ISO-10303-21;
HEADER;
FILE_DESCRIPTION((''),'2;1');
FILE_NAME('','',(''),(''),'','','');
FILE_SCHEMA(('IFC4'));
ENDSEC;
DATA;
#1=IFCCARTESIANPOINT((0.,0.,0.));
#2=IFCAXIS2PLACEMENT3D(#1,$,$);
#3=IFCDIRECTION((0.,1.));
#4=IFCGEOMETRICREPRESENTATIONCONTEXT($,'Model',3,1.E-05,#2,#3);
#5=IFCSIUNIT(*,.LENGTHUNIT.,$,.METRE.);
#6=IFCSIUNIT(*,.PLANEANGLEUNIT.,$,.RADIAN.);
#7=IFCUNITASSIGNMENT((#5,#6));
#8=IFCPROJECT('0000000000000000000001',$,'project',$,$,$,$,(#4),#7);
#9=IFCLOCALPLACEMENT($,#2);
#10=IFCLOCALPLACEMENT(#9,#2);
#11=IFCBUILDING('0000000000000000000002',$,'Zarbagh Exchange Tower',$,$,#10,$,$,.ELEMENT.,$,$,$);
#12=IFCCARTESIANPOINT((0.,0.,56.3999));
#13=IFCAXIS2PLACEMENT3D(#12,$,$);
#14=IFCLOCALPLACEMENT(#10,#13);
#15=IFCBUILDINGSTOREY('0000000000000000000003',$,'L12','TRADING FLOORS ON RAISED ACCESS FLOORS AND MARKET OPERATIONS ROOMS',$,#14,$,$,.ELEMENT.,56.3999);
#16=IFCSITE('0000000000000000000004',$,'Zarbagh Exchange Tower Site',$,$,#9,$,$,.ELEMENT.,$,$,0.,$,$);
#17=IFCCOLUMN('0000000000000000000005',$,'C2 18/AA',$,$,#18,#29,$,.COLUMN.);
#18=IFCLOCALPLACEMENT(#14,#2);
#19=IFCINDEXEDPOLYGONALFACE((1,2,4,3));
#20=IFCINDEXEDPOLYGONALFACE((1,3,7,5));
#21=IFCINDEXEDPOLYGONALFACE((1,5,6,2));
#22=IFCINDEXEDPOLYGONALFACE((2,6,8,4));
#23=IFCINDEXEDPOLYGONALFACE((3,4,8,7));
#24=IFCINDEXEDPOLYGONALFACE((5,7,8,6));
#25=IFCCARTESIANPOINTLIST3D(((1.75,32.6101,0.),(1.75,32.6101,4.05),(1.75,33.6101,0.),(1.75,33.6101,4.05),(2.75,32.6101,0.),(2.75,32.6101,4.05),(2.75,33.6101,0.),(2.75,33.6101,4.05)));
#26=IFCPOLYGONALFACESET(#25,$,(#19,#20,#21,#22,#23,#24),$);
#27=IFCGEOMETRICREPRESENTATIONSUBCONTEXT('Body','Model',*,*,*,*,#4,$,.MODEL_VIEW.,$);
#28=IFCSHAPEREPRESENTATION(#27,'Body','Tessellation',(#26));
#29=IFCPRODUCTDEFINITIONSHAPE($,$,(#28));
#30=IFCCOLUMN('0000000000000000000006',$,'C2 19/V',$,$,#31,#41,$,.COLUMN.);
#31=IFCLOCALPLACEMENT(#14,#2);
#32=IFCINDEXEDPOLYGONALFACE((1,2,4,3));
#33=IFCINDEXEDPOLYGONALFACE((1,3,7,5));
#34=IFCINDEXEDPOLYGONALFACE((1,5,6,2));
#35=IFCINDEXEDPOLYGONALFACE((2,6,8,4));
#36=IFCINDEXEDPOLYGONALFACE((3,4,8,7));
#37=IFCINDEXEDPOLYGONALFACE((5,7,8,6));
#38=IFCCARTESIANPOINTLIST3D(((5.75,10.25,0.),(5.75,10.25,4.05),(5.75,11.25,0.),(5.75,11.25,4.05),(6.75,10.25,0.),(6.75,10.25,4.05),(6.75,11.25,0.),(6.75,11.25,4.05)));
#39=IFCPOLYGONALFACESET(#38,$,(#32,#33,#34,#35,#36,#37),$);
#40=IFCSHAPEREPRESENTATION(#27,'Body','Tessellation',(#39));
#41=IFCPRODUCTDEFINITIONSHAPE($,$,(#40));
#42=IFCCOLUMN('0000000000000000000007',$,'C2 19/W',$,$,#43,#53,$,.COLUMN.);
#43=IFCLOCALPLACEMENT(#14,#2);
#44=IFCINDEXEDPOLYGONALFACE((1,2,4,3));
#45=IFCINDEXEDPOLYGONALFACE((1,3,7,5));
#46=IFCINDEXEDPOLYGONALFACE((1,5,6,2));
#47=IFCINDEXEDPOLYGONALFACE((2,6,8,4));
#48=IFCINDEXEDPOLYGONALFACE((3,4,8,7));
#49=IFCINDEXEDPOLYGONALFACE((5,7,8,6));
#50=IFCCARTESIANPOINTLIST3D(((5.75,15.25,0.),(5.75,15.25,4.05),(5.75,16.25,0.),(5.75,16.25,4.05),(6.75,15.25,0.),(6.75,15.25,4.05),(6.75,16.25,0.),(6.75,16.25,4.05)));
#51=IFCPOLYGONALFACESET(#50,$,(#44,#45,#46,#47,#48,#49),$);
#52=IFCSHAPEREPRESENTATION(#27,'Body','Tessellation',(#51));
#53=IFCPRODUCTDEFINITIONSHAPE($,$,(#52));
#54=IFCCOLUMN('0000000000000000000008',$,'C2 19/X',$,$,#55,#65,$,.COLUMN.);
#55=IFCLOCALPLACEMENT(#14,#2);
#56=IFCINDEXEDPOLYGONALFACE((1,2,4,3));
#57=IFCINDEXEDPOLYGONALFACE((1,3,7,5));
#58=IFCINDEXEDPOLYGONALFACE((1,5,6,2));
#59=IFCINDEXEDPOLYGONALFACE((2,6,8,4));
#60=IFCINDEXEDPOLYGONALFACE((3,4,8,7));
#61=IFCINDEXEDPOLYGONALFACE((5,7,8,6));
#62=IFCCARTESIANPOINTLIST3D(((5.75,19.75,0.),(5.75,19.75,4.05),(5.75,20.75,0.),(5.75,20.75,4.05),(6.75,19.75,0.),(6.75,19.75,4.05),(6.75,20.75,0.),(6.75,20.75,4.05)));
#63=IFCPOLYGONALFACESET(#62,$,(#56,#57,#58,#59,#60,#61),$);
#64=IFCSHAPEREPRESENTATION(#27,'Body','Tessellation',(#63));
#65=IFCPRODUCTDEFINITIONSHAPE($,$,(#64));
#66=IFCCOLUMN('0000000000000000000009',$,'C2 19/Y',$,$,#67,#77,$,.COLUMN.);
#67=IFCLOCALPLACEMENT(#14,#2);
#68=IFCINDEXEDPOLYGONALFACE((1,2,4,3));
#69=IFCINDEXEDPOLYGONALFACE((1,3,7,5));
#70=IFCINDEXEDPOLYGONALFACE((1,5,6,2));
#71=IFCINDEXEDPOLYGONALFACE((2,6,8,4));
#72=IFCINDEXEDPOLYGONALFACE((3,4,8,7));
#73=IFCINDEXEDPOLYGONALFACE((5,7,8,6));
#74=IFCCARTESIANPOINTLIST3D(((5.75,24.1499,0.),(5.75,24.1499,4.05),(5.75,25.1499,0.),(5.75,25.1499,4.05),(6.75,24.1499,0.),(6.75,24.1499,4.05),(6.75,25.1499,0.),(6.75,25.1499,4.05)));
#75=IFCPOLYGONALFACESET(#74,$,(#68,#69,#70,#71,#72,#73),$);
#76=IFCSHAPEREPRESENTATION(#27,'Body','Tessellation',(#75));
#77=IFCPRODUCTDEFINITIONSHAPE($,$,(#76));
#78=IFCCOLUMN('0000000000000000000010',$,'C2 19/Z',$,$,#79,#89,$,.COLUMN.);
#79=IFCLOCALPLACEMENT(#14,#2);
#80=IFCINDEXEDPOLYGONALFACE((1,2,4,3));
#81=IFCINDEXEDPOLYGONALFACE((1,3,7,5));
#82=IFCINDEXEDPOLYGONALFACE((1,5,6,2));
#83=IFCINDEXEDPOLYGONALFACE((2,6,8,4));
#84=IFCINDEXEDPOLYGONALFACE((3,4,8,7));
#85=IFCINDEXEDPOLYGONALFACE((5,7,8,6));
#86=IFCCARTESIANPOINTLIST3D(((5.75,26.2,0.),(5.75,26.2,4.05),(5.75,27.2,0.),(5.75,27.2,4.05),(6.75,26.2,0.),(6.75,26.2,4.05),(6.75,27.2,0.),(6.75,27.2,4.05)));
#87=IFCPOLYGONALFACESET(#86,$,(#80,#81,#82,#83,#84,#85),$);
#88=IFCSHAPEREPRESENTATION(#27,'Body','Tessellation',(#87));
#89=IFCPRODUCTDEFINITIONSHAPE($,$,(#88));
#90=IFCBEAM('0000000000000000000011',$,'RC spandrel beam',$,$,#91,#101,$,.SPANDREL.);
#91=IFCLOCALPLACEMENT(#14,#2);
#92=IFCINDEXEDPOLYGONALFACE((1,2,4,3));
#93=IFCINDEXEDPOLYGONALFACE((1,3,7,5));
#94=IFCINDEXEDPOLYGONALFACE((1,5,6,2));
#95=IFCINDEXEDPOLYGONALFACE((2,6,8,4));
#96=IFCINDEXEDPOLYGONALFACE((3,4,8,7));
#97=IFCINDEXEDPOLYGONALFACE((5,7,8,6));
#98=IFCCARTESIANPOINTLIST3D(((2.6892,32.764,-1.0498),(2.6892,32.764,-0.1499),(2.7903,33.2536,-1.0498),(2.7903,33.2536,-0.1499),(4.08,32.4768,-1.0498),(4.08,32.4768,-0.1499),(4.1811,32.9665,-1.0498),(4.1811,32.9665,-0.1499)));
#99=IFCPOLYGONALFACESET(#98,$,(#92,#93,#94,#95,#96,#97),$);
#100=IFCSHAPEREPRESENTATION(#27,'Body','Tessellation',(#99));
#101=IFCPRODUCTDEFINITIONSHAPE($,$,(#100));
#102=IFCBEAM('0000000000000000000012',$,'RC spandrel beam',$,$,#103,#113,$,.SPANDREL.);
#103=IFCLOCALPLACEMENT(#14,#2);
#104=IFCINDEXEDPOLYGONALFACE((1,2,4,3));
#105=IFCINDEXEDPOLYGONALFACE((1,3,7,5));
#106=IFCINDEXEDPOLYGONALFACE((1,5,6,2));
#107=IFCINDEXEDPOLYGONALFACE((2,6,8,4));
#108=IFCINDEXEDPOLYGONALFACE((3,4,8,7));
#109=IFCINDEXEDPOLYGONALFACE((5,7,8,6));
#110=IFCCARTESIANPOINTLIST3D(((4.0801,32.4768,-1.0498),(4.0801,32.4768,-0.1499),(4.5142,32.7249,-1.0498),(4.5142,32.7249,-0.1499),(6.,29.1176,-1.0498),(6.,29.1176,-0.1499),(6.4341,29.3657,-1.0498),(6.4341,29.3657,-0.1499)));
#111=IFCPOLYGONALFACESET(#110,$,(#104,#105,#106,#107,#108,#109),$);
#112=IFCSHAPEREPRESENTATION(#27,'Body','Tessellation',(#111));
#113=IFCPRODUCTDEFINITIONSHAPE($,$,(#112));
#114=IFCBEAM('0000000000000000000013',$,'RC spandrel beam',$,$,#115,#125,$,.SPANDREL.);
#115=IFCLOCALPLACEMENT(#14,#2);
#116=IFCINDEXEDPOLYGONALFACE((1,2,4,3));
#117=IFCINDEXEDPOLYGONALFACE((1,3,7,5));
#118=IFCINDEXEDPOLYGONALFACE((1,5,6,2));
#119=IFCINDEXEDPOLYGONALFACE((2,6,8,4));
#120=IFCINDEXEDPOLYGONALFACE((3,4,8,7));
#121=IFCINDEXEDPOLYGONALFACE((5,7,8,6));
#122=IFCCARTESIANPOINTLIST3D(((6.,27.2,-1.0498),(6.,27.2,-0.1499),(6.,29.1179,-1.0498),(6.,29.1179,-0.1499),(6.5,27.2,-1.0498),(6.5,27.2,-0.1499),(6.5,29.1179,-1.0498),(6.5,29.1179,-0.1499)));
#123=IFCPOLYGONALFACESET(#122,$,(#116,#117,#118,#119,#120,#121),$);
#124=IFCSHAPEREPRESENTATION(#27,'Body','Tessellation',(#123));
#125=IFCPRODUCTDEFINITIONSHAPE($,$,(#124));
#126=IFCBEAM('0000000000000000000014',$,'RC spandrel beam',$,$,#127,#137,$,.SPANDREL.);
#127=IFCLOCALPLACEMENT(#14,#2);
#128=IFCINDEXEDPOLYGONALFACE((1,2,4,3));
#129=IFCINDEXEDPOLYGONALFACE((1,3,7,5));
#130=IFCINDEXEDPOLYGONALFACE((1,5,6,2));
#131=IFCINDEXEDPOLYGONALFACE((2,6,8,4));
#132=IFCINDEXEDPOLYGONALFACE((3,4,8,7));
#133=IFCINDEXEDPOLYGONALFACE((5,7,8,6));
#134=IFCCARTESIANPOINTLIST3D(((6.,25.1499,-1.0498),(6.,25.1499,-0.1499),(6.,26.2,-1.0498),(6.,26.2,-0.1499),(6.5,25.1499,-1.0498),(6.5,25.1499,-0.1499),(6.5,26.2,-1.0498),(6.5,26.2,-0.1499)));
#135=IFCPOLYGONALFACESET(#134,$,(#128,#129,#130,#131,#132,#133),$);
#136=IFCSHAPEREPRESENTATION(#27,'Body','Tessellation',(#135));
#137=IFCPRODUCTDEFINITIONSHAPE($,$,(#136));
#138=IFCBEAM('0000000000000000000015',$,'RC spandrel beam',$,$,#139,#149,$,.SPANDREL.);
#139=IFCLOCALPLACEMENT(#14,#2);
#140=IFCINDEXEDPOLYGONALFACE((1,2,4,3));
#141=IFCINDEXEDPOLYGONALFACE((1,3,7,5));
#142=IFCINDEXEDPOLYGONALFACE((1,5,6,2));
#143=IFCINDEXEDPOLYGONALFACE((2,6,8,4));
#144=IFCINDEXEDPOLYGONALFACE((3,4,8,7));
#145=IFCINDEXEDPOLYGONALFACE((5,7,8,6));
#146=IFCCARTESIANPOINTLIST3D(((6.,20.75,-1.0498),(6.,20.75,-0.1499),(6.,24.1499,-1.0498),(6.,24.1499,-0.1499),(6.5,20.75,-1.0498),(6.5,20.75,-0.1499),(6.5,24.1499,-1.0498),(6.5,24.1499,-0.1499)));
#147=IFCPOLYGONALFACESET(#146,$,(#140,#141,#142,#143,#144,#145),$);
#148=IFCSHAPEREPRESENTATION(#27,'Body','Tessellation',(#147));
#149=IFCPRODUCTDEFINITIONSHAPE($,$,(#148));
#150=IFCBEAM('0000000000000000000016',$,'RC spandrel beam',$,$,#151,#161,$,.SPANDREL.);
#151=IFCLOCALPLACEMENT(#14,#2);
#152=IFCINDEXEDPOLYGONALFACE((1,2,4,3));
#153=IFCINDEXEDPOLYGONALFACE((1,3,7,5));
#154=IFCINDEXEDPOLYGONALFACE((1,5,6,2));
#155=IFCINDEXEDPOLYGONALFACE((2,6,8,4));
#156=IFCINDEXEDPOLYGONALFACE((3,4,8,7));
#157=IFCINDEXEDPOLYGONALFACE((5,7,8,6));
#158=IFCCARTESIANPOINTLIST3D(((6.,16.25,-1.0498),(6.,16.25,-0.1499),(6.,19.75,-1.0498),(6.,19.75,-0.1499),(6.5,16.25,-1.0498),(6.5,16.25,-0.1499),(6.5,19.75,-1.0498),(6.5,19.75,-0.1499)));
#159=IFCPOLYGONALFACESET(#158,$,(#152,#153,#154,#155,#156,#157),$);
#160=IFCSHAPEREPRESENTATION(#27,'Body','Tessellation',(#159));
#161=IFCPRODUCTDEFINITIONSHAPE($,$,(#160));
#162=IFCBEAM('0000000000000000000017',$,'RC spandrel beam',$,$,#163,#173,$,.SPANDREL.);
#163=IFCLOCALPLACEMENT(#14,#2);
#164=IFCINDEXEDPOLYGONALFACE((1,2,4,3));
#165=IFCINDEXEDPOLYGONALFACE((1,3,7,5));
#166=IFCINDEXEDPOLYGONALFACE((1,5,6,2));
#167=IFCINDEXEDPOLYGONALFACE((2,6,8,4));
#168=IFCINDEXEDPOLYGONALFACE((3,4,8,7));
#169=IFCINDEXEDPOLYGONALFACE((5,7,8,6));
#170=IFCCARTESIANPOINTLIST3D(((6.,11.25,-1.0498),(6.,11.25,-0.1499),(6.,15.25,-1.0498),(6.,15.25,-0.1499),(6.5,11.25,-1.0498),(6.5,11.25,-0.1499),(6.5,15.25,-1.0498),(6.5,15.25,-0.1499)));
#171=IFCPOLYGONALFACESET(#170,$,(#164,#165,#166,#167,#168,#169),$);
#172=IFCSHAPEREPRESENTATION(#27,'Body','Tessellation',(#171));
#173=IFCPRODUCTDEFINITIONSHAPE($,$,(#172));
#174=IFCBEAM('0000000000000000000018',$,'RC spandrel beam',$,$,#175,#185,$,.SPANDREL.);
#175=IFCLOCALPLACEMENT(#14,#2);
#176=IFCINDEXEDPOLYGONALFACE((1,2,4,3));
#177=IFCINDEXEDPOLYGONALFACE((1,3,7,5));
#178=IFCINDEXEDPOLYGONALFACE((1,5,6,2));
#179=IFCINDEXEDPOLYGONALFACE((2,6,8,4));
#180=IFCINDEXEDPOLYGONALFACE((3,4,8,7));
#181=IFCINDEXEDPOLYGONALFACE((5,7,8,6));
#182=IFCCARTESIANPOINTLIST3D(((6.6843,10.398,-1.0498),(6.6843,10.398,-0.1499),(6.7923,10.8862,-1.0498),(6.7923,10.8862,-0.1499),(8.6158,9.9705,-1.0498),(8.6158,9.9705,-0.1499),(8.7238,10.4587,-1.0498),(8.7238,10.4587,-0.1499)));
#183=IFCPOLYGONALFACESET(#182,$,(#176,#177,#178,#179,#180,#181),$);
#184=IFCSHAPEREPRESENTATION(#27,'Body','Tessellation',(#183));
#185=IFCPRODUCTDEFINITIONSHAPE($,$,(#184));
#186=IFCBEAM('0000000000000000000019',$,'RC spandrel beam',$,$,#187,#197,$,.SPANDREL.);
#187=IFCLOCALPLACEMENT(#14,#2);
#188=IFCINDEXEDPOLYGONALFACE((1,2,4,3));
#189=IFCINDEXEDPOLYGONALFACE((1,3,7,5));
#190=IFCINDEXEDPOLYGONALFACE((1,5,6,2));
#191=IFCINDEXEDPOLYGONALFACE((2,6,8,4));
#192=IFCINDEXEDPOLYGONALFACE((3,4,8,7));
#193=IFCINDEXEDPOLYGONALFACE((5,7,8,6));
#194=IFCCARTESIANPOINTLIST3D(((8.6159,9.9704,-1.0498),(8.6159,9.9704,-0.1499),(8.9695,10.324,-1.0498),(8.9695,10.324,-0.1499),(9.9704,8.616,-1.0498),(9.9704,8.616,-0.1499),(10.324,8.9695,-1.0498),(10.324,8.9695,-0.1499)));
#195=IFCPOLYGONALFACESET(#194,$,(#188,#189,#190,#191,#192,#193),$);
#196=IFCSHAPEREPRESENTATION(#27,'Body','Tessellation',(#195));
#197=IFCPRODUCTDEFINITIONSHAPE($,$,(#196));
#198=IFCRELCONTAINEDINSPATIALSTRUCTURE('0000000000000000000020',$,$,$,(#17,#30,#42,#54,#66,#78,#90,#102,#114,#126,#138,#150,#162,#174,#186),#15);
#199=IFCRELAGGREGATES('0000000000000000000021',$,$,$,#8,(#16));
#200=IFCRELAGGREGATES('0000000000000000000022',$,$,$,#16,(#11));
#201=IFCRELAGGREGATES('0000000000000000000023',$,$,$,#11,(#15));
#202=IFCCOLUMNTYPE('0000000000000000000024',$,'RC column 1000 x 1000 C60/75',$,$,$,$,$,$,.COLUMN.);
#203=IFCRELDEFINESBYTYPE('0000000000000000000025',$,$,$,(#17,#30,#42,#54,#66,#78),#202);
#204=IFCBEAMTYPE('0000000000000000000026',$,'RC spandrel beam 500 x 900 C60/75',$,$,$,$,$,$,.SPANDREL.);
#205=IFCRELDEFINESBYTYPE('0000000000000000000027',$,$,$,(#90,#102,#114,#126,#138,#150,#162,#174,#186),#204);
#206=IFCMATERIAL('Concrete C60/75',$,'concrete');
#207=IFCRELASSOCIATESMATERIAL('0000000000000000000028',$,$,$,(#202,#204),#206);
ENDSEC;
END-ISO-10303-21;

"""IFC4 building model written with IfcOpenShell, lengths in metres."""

from ifc_helpers import new_model, si_unit, direction, frame, origin, origin_2d, place, context, subcontext, project, spatial, rectangle, extrude, material, material_profile, profile_set, type_object, element, save


model = new_model("IFC4")

# Units and contexts
model_context = context("Model", 3, precision=1e-05, world=origin(), true_north=direction((0.0, 1.0)))
body_context = subcontext(model_context, "Body", "Model", "MODEL_VIEW")
ifc_project = project(units=[si_unit("LENGTHUNIT", "METRE"), si_unit("PLANEANGLEUNIT", "RADIAN")], contexts=[model_context])

# Site, building, storey
site_placement = place(None, origin())
site = spatial("IfcSite", under=ifc_project, at=site_placement, Name="Zarbagh Exchange Tower Site", CompositionType="ELEMENT", RefElevation=0.0)
building_placement = place(site_placement, origin())
building = spatial("IfcBuilding", under=site, at=building_placement, Name="Zarbagh Exchange Tower", CompositionType="ELEMENT")
storey_placement = place(building_placement, frame((0.0, 0.0, 56.3999)))
storey = spatial("IfcBuildingStorey", under=building, at=storey_placement, Name="L12", Description="TRADING FLOORS ON RAISED ACCESS FLOORS AND MARKET OPERATIONS ROOMS", CompositionType="ELEMENT", Elevation=56.3999)

# Columns
ifc_material_1 = material(Name="Concrete C60/75", Category="concrete")
ifc_material_profile_1 = material_profile(ifc_material_1, rectangle(XDim=1.0, YDim=1.0, at=origin_2d()), Name="RC column 1000 x 1000 C60/75")
ifc_profile_set_1 = profile_set([ifc_material_profile_1], Name="Concrete C60/75")
column_type = type_object("IfcColumnType", Name="RC column 1000 x 1000 C60/75", PredefinedType="COLUMN", material=ifc_profile_set_1)
for number, where, z_axis, x_axis, name in (
    (1, (2.25, 33.1101, 0.0), (0.0, 0.0, 1.0), (1.0, 0.0, 0.0), "C2 18/AA"),
    (2, (6.25, 10.75, 0.0), (0.0, 0.0, 1.0), (1.0, 0.0, 0.0), "C2 19/V"),
    (3, (6.25, 15.75, 0.0), (0.0, 0.0, 1.0), (1.0, 0.0, 0.0), "C2 19/W"),
    (4, (6.25, 20.25, 0.0), (0.0, 0.0, 1.0), (1.0, 0.0, 0.0), "C2 19/X"),
    (5, (6.25, 24.6499, 0.0), (0.0, 0.0, 1.0), (1.0, 0.0, 0.0), "C2 19/Y"),
    (6, (6.25, 26.7, 0.0), (0.0, 0.0, 1.0), (1.0, 0.0, 0.0), "C2 19/Z"),
):
    element("IfcColumn", number, at=place(storey_placement, frame(where, z_axis=z_axis, x_axis=x_axis)), inside=storey, type_object=column_type, Name=name, PredefinedType="COLUMN", context=body_context, shape_type="SweptSolid", body=[
        extrude(rectangle(XDim=1.0, YDim=1.0, at=origin_2d()), origin(), (0.0, 0.0, 1.0), 4.05),
    ])

# Beams
ifc_material_profile_2 = material_profile(ifc_material_1, rectangle(XDim=0.5, YDim=0.8999, at=origin_2d()), Name="RC spandrel beam 500 x 900 C60/75")
ifc_profile_set_2 = profile_set([ifc_material_profile_2], Name="Concrete C60/75")
beam_type = type_object("IfcBeamType", Name="RC spandrel beam 500 x 900 C60/75", PredefinedType="SPANDREL", material=ifc_profile_set_2)
beam_1_placement = place(storey_placement, frame((2.7397, 33.0088, -0.5999), z_axis=(0.979352, -0.202162, 0.0), x_axis=(0.202162, 0.979352, 0.0)))
element("IfcBeam", 7, at=beam_1_placement, inside=storey, type_object=beam_type, Name="RC spandrel beam", PredefinedType="SPANDREL", context=body_context, shape_type="SweptSolid", body=[
    extrude(rectangle(XDim=0.5, YDim=0.8999, at=origin_2d()), origin(), (0.0, 0.0, 1.0), 1.4202),
])
beam_2_placement = place(storey_placement, frame((4.2971, 32.6008, -0.5999), z_axis=(0.49622, -0.868197, 0.0), x_axis=(0.868197, 0.49622, 0.0)))
element("IfcBeam", 8, at=beam_2_placement, inside=storey, type_object=beam_type, Name="RC spandrel beam", PredefinedType="SPANDREL", context=body_context, shape_type="SweptSolid", body=[
    extrude(rectangle(XDim=0.5, YDim=0.8999, at=origin_2d()), origin(), (0.0, 0.0, 1.0), 3.8691),
])
beam_3_placement = place(storey_placement, frame((6.25, 29.1179, -0.5999), z_axis=(0.0, -1.0, 0.0), x_axis=(1.0, 0.0, 0.0)))
element("IfcBeam", 9, at=beam_3_placement, inside=storey, type_object=beam_type, Name="RC spandrel beam", PredefinedType="SPANDREL", context=body_context, shape_type="SweptSolid", body=[
    extrude(rectangle(XDim=0.5, YDim=0.8999, at=origin_2d()), origin(), (0.0, 0.0, 1.0), 1.918),
])
beam_4_placement = place(storey_placement, frame((6.25, 26.2, -0.5999), z_axis=(0.0, -1.0, 0.0), x_axis=(1.0, 0.0, 0.0)))
element("IfcBeam", 10, at=beam_4_placement, inside=storey, type_object=beam_type, Name="RC spandrel beam", PredefinedType="SPANDREL", context=body_context, shape_type="SweptSolid", body=[
    extrude(rectangle(XDim=0.5, YDim=0.8999, at=origin_2d()), origin(), (0.0, 0.0, 1.0), 1.05),
])
beam_5_placement = place(storey_placement, frame((6.25, 24.1499, -0.5999), z_axis=(0.0, -1.0, 0.0), x_axis=(1.0, 0.0, 0.0)))
element("IfcBeam", 11, at=beam_5_placement, inside=storey, type_object=beam_type, Name="RC spandrel beam", PredefinedType="SPANDREL", context=body_context, shape_type="SweptSolid", body=[
    extrude(rectangle(XDim=0.5, YDim=0.8999, at=origin_2d()), origin(), (0.0, 0.0, 1.0), 3.3999),
])
beam_6_placement = place(storey_placement, frame((6.25, 19.75, -0.5999), z_axis=(0.0, -1.0, 0.0), x_axis=(1.0, 0.0, 0.0)))
element("IfcBeam", 12, at=beam_6_placement, inside=storey, type_object=beam_type, Name="RC spandrel beam", PredefinedType="SPANDREL", context=body_context, shape_type="SweptSolid", body=[
    extrude(rectangle(XDim=0.5, YDim=0.8999, at=origin_2d()), origin(), (0.0, 0.0, 1.0), 3.5),
])
beam_7_placement = place(storey_placement, frame((6.25, 15.25, -0.5999), z_axis=(0.0, -1.0, 0.0), x_axis=(1.0, 0.0, 0.0)))
element("IfcBeam", 13, at=beam_7_placement, inside=storey, type_object=beam_type, Name="RC spandrel beam", PredefinedType="SPANDREL", context=body_context, shape_type="SweptSolid", body=[
    extrude(rectangle(XDim=0.5, YDim=0.8999, at=origin_2d()), origin(), (0.0, 0.0, 1.0), 4.0),
])
beam_8_placement = place(storey_placement, frame((6.7383, 10.6421, -0.5999), z_axis=(0.976375, -0.216081, 0.0), x_axis=(0.216081, 0.976375, 0.0)))
element("IfcBeam", 14, at=beam_8_placement, inside=storey, type_object=beam_type, Name="RC spandrel beam", PredefinedType="SPANDREL", context=body_context, shape_type="SweptSolid", body=[
    extrude(rectangle(XDim=0.5, YDim=0.8999, at=origin_2d()), origin(), (0.0, 0.0, 1.0), 1.9783),
])
beam_9_placement = place(storey_placement, frame((8.7927, 10.1472, -0.5999), z_axis=(0.707107, -0.707107, 0.0), x_axis=(0.707107, 0.707107, 0.0)))
element("IfcBeam", 15, at=beam_9_placement, inside=storey, type_object=beam_type, Name="RC spandrel beam", PredefinedType="SPANDREL", context=body_context, shape_type="SweptSolid", body=[
    extrude(rectangle(XDim=0.5, YDim=0.8999, at=origin_2d()), origin(), (0.0, 0.0, 1.0), 1.9155),
])

save(model, "model.ifc")
